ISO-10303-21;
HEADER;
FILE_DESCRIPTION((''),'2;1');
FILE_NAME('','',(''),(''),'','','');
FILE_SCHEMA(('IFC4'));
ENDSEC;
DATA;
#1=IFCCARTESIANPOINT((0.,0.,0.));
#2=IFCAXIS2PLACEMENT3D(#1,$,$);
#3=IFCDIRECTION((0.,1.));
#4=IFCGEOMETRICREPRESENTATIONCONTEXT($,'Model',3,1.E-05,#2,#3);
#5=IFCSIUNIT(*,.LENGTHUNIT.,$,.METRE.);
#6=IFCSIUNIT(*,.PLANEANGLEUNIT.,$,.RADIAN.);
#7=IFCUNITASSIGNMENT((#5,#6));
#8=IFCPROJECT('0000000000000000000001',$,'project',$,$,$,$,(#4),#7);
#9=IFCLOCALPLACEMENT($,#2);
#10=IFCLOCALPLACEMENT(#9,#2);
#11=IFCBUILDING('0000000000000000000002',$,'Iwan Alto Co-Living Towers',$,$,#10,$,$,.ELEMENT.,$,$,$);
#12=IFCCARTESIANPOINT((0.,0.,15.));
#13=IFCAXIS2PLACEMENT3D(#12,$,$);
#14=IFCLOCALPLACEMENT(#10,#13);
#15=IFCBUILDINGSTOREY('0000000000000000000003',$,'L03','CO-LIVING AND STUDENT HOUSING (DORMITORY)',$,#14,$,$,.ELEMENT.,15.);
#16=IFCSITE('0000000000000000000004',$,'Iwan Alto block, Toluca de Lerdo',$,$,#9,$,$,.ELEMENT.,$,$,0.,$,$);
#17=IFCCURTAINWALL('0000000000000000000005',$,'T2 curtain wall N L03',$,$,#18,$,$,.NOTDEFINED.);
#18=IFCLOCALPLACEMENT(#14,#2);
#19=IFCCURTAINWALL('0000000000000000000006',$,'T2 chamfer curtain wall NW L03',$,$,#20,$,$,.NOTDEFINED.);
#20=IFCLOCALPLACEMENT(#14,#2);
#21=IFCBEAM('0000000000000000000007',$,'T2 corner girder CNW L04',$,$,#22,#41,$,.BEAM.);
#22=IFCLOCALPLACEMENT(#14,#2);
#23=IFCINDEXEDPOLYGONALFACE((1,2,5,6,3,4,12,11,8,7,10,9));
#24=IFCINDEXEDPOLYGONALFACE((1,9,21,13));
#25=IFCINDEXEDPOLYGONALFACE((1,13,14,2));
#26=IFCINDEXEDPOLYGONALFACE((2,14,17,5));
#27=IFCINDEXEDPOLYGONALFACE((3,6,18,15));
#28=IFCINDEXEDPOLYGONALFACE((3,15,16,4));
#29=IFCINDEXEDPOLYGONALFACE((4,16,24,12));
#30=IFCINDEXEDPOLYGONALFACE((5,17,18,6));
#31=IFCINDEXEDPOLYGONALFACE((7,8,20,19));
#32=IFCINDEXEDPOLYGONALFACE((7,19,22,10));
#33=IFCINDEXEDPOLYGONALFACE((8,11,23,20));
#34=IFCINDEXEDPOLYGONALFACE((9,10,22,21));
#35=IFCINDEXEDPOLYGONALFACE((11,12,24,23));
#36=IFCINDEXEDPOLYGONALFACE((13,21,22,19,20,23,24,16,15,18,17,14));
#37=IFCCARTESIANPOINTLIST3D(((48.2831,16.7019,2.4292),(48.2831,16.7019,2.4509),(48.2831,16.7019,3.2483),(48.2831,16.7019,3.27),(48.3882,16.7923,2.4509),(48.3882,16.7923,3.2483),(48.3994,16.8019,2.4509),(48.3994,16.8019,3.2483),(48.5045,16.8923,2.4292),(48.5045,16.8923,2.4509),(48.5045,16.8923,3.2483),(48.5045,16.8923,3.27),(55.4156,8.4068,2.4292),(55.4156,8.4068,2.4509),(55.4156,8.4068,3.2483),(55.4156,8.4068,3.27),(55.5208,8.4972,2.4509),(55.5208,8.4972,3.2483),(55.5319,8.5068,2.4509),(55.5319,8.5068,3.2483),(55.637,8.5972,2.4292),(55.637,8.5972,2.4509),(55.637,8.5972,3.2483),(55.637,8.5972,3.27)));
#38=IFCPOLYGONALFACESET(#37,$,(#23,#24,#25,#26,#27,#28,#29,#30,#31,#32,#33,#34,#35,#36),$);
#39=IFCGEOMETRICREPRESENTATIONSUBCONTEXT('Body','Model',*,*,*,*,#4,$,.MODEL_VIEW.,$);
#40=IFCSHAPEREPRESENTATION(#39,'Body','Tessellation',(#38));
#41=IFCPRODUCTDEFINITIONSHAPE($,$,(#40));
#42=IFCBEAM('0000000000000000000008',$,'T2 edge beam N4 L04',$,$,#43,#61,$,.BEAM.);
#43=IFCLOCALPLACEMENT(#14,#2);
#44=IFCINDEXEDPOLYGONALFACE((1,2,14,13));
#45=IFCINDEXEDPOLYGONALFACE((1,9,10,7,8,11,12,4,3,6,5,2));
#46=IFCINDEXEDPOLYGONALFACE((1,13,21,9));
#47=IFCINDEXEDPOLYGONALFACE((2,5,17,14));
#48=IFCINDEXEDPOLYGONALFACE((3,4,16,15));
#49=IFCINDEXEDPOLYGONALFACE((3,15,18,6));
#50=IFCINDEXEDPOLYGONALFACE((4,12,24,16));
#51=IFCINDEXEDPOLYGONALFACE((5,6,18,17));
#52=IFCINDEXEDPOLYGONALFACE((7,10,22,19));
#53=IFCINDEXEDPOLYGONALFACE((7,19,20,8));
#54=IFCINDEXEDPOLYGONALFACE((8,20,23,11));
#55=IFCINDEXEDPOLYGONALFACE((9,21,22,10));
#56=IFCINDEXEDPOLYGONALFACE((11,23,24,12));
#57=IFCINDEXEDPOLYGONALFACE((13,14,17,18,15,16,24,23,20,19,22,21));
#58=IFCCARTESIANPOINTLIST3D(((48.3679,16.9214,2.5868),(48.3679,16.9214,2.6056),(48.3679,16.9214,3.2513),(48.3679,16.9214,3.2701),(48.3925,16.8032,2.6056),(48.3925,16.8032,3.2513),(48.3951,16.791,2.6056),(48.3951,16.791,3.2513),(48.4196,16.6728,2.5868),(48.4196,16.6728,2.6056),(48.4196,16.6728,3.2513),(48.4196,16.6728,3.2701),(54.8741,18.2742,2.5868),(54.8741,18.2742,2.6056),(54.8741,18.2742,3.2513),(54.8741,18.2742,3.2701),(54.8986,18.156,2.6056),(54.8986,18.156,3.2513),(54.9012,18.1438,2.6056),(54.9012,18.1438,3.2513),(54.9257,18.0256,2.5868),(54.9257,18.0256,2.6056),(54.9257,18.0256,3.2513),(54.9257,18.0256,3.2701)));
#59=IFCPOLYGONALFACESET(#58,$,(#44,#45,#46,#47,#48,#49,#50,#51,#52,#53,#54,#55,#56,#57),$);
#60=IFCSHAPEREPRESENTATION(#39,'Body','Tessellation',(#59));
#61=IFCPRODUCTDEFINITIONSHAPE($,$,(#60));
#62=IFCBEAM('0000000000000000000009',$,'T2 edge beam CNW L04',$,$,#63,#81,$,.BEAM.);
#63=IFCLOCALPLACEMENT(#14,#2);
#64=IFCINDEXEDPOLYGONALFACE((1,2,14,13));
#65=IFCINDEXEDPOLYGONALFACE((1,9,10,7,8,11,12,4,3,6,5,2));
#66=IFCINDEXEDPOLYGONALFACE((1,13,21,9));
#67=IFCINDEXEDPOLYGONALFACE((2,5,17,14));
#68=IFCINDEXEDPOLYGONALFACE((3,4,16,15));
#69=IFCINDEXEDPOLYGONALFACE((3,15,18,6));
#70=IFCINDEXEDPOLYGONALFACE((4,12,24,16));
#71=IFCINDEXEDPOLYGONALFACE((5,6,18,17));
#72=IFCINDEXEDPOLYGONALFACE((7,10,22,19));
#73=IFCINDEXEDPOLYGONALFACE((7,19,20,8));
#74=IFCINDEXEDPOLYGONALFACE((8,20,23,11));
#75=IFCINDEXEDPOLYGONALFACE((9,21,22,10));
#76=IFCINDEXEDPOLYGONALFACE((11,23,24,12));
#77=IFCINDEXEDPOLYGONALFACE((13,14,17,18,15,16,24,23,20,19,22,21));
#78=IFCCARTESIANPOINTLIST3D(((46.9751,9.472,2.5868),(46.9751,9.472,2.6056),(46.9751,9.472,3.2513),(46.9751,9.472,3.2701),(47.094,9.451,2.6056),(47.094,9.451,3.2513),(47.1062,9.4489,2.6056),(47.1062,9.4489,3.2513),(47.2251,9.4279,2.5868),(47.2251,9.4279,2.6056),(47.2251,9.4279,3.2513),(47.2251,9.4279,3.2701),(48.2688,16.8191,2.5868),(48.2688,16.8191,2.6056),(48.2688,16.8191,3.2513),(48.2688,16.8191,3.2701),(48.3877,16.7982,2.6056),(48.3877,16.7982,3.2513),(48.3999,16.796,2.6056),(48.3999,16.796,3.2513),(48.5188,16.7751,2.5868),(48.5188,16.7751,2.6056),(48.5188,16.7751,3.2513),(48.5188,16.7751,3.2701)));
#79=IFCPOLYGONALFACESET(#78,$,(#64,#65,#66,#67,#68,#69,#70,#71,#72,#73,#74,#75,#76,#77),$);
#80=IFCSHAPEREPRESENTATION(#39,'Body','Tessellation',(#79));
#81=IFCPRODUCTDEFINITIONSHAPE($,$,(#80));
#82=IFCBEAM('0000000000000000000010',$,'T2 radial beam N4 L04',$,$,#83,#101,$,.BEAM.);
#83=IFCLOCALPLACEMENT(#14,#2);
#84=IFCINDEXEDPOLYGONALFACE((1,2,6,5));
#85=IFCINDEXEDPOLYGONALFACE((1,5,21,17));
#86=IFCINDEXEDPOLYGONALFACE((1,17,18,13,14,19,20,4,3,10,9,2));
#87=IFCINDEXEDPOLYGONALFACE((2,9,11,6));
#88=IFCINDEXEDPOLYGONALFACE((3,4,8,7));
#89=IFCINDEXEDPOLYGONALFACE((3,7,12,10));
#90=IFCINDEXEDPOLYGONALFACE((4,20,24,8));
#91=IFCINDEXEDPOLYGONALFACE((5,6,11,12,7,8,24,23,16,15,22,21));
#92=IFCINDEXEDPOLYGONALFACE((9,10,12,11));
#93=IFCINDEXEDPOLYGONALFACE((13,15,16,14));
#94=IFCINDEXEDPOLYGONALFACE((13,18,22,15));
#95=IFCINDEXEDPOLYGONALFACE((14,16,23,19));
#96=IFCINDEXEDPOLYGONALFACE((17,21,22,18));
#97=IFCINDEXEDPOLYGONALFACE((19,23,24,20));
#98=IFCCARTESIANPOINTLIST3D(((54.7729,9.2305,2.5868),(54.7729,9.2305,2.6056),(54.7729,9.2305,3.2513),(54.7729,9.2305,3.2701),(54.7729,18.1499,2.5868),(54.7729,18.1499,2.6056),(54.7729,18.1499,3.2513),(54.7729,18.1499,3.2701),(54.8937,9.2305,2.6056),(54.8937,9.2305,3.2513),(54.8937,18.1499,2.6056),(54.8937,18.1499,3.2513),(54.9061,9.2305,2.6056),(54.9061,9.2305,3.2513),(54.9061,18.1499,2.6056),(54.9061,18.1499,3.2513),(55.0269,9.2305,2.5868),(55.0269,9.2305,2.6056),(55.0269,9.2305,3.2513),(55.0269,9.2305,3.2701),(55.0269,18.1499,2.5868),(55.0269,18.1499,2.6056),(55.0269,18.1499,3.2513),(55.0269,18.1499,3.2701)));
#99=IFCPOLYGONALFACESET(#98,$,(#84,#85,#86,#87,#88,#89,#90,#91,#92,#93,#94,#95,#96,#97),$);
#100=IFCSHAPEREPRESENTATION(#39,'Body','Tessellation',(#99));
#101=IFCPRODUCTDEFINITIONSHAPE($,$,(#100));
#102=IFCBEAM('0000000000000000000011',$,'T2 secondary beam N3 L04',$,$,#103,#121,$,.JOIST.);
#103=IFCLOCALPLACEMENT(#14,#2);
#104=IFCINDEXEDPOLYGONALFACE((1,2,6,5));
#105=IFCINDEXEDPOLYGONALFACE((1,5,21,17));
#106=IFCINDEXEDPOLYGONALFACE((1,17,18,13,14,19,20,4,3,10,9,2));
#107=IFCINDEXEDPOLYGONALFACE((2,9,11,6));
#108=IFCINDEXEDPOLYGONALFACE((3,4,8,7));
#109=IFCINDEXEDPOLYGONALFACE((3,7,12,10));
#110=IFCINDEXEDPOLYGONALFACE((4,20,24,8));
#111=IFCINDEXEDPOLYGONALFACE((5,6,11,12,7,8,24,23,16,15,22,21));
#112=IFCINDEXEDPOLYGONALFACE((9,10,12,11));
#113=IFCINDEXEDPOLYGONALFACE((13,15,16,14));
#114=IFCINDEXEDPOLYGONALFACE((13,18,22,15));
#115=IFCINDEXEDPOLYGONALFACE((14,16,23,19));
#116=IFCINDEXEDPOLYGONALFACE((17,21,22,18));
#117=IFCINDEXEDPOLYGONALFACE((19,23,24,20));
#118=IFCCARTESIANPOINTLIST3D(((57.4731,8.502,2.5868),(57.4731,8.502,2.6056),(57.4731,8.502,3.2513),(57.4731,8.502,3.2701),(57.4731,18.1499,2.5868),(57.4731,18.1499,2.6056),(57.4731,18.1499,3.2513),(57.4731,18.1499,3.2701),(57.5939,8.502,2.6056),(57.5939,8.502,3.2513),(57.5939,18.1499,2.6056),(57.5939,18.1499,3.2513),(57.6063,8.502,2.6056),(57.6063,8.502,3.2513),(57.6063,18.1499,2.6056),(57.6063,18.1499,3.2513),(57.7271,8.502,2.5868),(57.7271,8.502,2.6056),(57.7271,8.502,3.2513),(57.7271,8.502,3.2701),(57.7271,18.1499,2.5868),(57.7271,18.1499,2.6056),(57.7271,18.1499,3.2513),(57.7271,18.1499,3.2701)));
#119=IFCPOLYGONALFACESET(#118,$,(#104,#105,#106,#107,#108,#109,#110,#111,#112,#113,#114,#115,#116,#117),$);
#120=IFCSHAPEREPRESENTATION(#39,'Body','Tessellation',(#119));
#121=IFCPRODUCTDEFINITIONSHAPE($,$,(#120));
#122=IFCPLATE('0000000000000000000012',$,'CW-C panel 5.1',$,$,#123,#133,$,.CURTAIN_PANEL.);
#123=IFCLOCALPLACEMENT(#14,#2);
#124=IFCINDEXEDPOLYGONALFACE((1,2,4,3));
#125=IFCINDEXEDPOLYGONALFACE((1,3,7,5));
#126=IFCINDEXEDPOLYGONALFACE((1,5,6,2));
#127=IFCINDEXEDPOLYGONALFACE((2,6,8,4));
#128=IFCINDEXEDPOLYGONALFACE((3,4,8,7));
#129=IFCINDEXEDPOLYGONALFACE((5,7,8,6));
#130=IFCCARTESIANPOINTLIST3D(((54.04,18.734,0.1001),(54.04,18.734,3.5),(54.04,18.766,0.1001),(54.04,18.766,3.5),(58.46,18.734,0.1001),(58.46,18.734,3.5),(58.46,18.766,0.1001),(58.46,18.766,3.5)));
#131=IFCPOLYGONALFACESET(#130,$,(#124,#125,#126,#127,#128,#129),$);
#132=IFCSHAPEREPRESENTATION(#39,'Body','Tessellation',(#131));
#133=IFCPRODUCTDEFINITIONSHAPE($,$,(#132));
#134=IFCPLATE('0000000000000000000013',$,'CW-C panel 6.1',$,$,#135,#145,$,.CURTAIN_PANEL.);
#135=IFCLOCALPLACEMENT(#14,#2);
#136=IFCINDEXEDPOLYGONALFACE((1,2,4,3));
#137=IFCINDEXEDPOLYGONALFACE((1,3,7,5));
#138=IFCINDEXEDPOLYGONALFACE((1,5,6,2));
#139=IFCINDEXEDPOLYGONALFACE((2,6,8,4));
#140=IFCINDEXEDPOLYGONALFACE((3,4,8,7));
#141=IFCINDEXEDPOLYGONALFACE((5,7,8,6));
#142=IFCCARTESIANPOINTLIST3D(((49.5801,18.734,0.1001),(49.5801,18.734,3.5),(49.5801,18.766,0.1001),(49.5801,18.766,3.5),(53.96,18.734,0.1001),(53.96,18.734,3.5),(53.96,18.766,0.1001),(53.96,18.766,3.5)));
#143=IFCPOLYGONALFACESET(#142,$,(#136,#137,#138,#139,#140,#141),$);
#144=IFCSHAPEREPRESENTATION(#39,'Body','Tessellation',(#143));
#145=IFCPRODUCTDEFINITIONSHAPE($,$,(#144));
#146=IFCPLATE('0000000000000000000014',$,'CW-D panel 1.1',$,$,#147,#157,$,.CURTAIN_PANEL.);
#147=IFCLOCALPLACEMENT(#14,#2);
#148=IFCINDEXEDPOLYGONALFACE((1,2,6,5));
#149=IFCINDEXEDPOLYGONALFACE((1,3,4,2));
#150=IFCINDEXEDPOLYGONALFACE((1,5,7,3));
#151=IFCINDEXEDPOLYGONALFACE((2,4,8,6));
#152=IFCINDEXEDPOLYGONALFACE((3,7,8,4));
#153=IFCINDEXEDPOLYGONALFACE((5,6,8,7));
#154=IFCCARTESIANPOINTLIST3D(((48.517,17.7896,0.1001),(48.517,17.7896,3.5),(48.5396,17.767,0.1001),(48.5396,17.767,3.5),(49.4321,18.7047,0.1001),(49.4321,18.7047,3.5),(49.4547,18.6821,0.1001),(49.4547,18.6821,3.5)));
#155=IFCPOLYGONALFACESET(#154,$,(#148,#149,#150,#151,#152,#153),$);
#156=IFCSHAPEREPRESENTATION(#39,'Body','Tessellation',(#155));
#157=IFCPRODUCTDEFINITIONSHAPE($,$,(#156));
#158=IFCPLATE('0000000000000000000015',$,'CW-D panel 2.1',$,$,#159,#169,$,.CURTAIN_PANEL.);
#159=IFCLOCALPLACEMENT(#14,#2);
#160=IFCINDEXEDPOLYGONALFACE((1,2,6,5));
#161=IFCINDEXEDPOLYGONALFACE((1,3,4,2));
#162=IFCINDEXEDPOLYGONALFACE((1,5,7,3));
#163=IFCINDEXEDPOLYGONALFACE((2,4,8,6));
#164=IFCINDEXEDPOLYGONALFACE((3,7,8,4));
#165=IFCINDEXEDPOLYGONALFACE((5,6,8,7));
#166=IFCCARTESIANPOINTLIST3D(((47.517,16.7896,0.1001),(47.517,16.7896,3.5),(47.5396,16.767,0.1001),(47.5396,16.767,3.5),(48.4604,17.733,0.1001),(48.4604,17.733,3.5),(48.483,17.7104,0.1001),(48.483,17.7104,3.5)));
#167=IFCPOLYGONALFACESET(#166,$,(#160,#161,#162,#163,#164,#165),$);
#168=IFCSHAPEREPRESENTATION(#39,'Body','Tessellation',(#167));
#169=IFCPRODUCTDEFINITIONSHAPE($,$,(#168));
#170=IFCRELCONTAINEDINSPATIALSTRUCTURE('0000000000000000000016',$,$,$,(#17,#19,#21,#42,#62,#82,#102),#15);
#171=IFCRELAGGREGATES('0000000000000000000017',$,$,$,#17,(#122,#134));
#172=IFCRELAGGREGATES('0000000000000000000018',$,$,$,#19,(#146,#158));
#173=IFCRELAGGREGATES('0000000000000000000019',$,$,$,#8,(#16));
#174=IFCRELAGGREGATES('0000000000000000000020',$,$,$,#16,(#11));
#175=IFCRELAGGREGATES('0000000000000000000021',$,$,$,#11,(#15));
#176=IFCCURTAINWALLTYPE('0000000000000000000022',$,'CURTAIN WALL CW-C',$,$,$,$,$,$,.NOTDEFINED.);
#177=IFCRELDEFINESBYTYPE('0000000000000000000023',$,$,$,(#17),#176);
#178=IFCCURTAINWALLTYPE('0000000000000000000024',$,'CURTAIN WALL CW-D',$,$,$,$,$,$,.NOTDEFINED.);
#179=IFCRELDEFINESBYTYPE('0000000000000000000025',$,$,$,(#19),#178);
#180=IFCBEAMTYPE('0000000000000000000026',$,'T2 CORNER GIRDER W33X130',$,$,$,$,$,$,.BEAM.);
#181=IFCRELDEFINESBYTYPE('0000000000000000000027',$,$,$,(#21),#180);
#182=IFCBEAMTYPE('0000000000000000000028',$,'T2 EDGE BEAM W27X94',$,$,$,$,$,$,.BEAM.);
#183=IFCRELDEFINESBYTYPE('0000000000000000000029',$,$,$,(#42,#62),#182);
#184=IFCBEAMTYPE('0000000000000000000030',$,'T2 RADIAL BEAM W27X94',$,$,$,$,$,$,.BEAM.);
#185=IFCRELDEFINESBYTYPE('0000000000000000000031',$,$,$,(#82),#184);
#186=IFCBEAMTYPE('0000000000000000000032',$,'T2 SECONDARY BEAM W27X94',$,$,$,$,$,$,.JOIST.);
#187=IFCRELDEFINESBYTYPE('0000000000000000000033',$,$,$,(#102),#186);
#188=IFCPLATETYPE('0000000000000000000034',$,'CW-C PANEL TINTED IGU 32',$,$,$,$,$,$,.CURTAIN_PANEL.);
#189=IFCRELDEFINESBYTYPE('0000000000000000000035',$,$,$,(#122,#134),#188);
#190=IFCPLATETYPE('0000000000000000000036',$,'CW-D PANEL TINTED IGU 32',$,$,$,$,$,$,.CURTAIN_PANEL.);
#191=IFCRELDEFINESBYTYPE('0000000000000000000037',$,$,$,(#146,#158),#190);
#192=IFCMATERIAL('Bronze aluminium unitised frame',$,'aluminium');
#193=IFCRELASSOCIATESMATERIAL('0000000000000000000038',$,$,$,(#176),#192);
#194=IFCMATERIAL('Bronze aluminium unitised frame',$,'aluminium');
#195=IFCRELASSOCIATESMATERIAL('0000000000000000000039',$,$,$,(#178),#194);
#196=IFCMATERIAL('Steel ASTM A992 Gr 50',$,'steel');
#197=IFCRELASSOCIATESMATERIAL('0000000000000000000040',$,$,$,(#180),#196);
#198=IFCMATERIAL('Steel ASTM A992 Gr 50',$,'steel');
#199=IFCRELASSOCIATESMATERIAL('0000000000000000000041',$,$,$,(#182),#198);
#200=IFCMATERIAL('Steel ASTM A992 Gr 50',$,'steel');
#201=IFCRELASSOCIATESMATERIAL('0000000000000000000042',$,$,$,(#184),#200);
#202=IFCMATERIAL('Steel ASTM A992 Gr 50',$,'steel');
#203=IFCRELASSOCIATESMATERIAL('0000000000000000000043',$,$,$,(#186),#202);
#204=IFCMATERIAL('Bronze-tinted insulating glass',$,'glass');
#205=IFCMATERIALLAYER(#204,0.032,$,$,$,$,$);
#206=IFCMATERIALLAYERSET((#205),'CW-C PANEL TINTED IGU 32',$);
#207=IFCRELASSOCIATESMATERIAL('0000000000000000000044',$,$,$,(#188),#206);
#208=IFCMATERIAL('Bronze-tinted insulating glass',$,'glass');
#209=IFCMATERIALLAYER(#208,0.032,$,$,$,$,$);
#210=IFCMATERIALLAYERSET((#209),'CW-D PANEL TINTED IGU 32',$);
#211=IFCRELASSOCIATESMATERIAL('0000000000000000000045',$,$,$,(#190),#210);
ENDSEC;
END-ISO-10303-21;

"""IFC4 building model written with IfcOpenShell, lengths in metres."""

from ifc_helpers import new_model, si_unit, direction, frame, origin, origin_2d, place, context, subcontext, project, spatial, rectangle, i_section, extrude, material, layer, layer_set, material_profile, profile_set, type_object, element, aggregate, save


model = new_model("IFC4")

# Units and contexts
model_context = context("Model", 3, precision=1e-05, world=origin(), true_north=direction((0.0, 1.0)))
body_context = subcontext(model_context, "Body", "Model", "MODEL_VIEW")
ifc_project = project(units=[si_unit("LENGTHUNIT", "METRE"), si_unit("PLANEANGLEUNIT", "RADIAN")], contexts=[model_context])

# Site, building, storey
site_placement = place(None, origin())
site = spatial("IfcSite", under=ifc_project, at=site_placement, Name="Iwan Alto block, Toluca de Lerdo", CompositionType="ELEMENT", RefElevation=0.0)
building_placement = place(site_placement, origin())
building = spatial("IfcBuilding", under=site, at=building_placement, Name="Iwan Alto Co-Living Towers", CompositionType="ELEMENT")
storey_placement = place(building_placement, frame((0.0, 0.0, 15.0)))
storey = spatial("IfcBuildingStorey", under=building, at=storey_placement, Name="L03", Description="CO-LIVING AND STUDENT HOUSING (DORMITORY)", CompositionType="ELEMENT", Elevation=15.0)

# Curtain walls
ifc_material_1 = material(Name="Bronze aluminium unitised frame", Category="aluminium")
curtain_wall_type_1 = type_object("IfcCurtainWallType", Name="CURTAIN WALL CW-C", PredefinedType="NOTDEFINED", material=ifc_material_1)
curtain_wall_1_placement = place(storey_placement, origin())
curtain_wall_1 = element("IfcCurtainWall", 1, at=curtain_wall_1_placement, inside=storey, type_object=curtain_wall_type_1, Name="T2 curtain wall N L03", PredefinedType="NOTDEFINED")
ifc_material_2 = material(Name="Bronze aluminium unitised frame", Category="aluminium")
curtain_wall_type_2 = type_object("IfcCurtainWallType", Name="CURTAIN WALL CW-D", PredefinedType="NOTDEFINED", material=ifc_material_2)
curtain_wall_2_placement = place(storey_placement, origin())
curtain_wall_2 = element("IfcCurtainWall", 2, at=curtain_wall_2_placement, inside=storey, type_object=curtain_wall_type_2, Name="T2 chamfer curtain wall NW L03", PredefinedType="NOTDEFINED")

# Beams
ifc_material_3 = material(Name="Steel ASTM A992 Gr 50", Category="steel")
ifc_material_profile_1 = material_profile(ifc_material_3, i_section(OverallWidth=0.292, OverallDepth=0.8408, WebThickness=0.0146, FlangeThickness=0.0217, at=origin_2d()), Name="W33X130")
ifc_profile_set_1 = profile_set([ifc_material_profile_1], Name="Steel ASTM A992 Gr 50")
beam_type_1 = type_object("IfcBeamType", Name="T2 CORNER GIRDER W33X130", PredefinedType="BEAM", material=ifc_profile_set_1)
beam_1_placement = place(storey_placement, frame((48.3938, 16.7971, 2.8496), z_axis=(0.651972, -0.758243, 0.0), x_axis=(0.758243, 0.651972, 0.0)))
element("IfcBeam", 3, at=beam_1_placement, inside=storey, type_object=beam_type_1, Name="T2 corner girder CNW L04", PredefinedType="BEAM", context=body_context, shape_type="SweptSolid", body=[
    extrude(i_section(OverallWidth=0.292, OverallDepth=0.8408, WebThickness=0.0146, FlangeThickness=0.0217, at=origin_2d()), origin(), (0.0, 0.0, 1.0), 10.9399),
])
ifc_material_4 = material(Name="Steel ASTM A992 Gr 50", Category="steel")
ifc_material_profile_2 = material_profile(ifc_material_4, i_section(OverallWidth=0.2539, OverallDepth=0.6833, WebThickness=0.0125, FlangeThickness=0.0188, at=origin_2d()), Name="W27X94")
ifc_profile_set_2 = profile_set([ifc_material_profile_2], Name="Steel ASTM A992 Gr 50")
beam_type_2 = type_object("IfcBeamType", Name="T2 EDGE BEAM W27X94", PredefinedType="BEAM", material=ifc_profile_set_2)
beam_2_placement = place(storey_placement, frame((54.8999, 18.1499, 2.9285), z_axis=(-0.97906, -0.203571, 0.0), x_axis=(0.203571, -0.97906, 0.0)))
element("IfcBeam", 4, at=beam_2_placement, inside=storey, type_object=beam_type_2, Name="T2 edge beam N4 L04", PredefinedType="BEAM", context=body_context, shape_type="SweptSolid", body=[
    extrude(i_section(OverallWidth=0.2539, OverallDepth=0.6833, WebThickness=0.0125, FlangeThickness=0.0188, at=origin_2d()), origin(), (0.0, 0.0, 1.0), 6.6453),
])
beam_3_placement = place(storey_placement, frame((48.3938, 16.7971, 2.9285), z_axis=(-0.173414, -0.984849, 0.0), x_axis=(0.984849, -0.173414, 0.0)))
element("IfcBeam", 5, at=beam_3_placement, inside=storey, type_object=beam_type_2, Name="T2 edge beam CNW L04", PredefinedType="BEAM", context=body_context, shape_type="SweptSolid", body=[
    extrude(i_section(OverallWidth=0.2539, OverallDepth=0.6833, WebThickness=0.0125, FlangeThickness=0.0188, at=origin_2d()), origin(), (0.0, 0.0, 1.0), 7.4602),
])
ifc_material_5 = material(Name="Steel ASTM A992 Gr 50", Category="steel")
ifc_material_profile_3 = material_profile(ifc_material_5, i_section(OverallWidth=0.2539, OverallDepth=0.6833, WebThickness=0.0125, FlangeThickness=0.0188, at=origin_2d()), Name="W27X94")
ifc_profile_set_3 = profile_set([ifc_material_profile_3], Name="Steel ASTM A992 Gr 50")
beam_type_3 = type_object("IfcBeamType", Name="T2 RADIAL BEAM W27X94", PredefinedType="BEAM", material=ifc_profile_set_3)
beam_4_placement = place(storey_placement, frame((54.8999, 18.1499, 2.9285), z_axis=(0.0, -1.0, 0.0), x_axis=(1.0, 0.0, 0.0)))
element("IfcBeam", 6, at=beam_4_placement, inside=storey, type_object=beam_type_3, Name="T2 radial beam N4 L04", PredefinedType="BEAM", context=body_context, shape_type="SweptSolid", body=[
    extrude(i_section(OverallWidth=0.2539, OverallDepth=0.6833, WebThickness=0.0125, FlangeThickness=0.0188, at=origin_2d()), origin(), (0.0, 0.0, 1.0), 8.9194),
])
ifc_material_6 = material(Name="Steel ASTM A992 Gr 50", Category="steel")
ifc_material_profile_4 = material_profile(ifc_material_6, i_section(OverallWidth=0.2539, OverallDepth=0.6833, WebThickness=0.0125, FlangeThickness=0.0188, at=origin_2d()), Name="W27X94")
ifc_profile_set_4 = profile_set([ifc_material_profile_4], Name="Steel ASTM A992 Gr 50")
beam_type_4 = type_object("IfcBeamType", Name="T2 SECONDARY BEAM W27X94", PredefinedType="JOIST", material=ifc_profile_set_4)
beam_5_placement = place(storey_placement, frame((57.6001, 18.1499, 2.9285), z_axis=(0.0, -1.0, 0.0), x_axis=(1.0, 0.0, 0.0)))
element("IfcBeam", 7, at=beam_5_placement, inside=storey, type_object=beam_type_4, Name="T2 secondary beam N3 L04", PredefinedType="JOIST", context=body_context, shape_type="SweptSolid", body=[
    extrude(i_section(OverallWidth=0.2539, OverallDepth=0.6833, WebThickness=0.0125, FlangeThickness=0.0188, at=origin_2d()), origin(), (0.0, 0.0, 1.0), 9.6479),
])

# Plates
ifc_material_7 = material(Name="Bronze-tinted insulating glass", Category="glass")
ifc_layer_1 = layer(ifc_material_7, 0.032)
ifc_layer_set_1 = layer_set([ifc_layer_1], Name="CW-C PANEL TINTED IGU 32")
plate_type_1 = type_object("IfcPlateType", Name="CW-C PANEL TINTED IGU 32", PredefinedType="CURTAIN_PANEL", material=ifc_layer_set_1)
plate_1_placement = place(storey_placement, frame((56.25, 18.75, 0.1001), z_axis=(0.0, 0.0, 1.0), x_axis=(-1.0, 0.0, 0.0)))
plate_1 = element("IfcPlate", 8, at=plate_1_placement, type_object=plate_type_1, Name="CW-C panel 5.1", PredefinedType="CURTAIN_PANEL", context=body_context, shape_type="SweptSolid", body=[
    extrude(rectangle(XDim=4.4199, YDim=0.032, at=origin_2d()), origin(), (0.0, 0.0, 1.0), 3.3999),
])
plate_2_placement = place(storey_placement, frame((51.77, 18.75, 0.1001), z_axis=(0.0, 0.0, 1.0), x_axis=(-1.0, 0.0, 0.0)))
plate_2 = element("IfcPlate", 9, at=plate_2_placement, type_object=plate_type_1, Name="CW-C panel 6.1", PredefinedType="CURTAIN_PANEL", context=body_context, shape_type="SweptSolid", body=[
    extrude(rectangle(XDim=4.3799, YDim=0.032, at=origin_2d()), origin(), (0.0, 0.0, 1.0), 3.3999),
])
aggregate(curtain_wall_1, [plate_1, plate_2])
ifc_material_8 = material(Name="Bronze-tinted insulating glass", Category="glass")
ifc_layer_2 = layer(ifc_material_8, 0.032)
ifc_layer_set_2 = layer_set([ifc_layer_2], Name="CW-D PANEL TINTED IGU 32")
plate_type_2 = type_object("IfcPlateType", Name="CW-D PANEL TINTED IGU 32", PredefinedType="CURTAIN_PANEL", material=ifc_layer_set_2)
plate_3_placement = place(storey_placement, frame((48.9858, 18.2358, 0.1001), z_axis=(0.0, 0.0, 1.0), x_axis=(-0.707107, -0.707107, 0.0)))
plate_3 = element("IfcPlate", 10, at=plate_3_placement, type_object=plate_type_2, Name="CW-D panel 1.1", PredefinedType="CURTAIN_PANEL", context=body_context, shape_type="SweptSolid", body=[
    extrude(rectangle(XDim=1.2942, YDim=0.032, at=origin_2d()), origin(), (0.0, 0.0, 1.0), 3.3999),
])
plate_4_placement = place(storey_placement, frame((48.0, 17.25, 0.1001), z_axis=(0.0, 0.0, 1.0), x_axis=(-0.707107, -0.707107, 0.0)))
plate_4 = element("IfcPlate", 11, at=plate_4_placement, type_object=plate_type_2, Name="CW-D panel 2.1", PredefinedType="CURTAIN_PANEL", context=body_context, shape_type="SweptSolid", body=[
    extrude(rectangle(XDim=1.3342, YDim=0.032, at=origin_2d()), origin(), (0.0, 0.0, 1.0), 3.3999),
])
aggregate(curtain_wall_2, [plate_3, plate_4])

save(model, "model.ifc")
